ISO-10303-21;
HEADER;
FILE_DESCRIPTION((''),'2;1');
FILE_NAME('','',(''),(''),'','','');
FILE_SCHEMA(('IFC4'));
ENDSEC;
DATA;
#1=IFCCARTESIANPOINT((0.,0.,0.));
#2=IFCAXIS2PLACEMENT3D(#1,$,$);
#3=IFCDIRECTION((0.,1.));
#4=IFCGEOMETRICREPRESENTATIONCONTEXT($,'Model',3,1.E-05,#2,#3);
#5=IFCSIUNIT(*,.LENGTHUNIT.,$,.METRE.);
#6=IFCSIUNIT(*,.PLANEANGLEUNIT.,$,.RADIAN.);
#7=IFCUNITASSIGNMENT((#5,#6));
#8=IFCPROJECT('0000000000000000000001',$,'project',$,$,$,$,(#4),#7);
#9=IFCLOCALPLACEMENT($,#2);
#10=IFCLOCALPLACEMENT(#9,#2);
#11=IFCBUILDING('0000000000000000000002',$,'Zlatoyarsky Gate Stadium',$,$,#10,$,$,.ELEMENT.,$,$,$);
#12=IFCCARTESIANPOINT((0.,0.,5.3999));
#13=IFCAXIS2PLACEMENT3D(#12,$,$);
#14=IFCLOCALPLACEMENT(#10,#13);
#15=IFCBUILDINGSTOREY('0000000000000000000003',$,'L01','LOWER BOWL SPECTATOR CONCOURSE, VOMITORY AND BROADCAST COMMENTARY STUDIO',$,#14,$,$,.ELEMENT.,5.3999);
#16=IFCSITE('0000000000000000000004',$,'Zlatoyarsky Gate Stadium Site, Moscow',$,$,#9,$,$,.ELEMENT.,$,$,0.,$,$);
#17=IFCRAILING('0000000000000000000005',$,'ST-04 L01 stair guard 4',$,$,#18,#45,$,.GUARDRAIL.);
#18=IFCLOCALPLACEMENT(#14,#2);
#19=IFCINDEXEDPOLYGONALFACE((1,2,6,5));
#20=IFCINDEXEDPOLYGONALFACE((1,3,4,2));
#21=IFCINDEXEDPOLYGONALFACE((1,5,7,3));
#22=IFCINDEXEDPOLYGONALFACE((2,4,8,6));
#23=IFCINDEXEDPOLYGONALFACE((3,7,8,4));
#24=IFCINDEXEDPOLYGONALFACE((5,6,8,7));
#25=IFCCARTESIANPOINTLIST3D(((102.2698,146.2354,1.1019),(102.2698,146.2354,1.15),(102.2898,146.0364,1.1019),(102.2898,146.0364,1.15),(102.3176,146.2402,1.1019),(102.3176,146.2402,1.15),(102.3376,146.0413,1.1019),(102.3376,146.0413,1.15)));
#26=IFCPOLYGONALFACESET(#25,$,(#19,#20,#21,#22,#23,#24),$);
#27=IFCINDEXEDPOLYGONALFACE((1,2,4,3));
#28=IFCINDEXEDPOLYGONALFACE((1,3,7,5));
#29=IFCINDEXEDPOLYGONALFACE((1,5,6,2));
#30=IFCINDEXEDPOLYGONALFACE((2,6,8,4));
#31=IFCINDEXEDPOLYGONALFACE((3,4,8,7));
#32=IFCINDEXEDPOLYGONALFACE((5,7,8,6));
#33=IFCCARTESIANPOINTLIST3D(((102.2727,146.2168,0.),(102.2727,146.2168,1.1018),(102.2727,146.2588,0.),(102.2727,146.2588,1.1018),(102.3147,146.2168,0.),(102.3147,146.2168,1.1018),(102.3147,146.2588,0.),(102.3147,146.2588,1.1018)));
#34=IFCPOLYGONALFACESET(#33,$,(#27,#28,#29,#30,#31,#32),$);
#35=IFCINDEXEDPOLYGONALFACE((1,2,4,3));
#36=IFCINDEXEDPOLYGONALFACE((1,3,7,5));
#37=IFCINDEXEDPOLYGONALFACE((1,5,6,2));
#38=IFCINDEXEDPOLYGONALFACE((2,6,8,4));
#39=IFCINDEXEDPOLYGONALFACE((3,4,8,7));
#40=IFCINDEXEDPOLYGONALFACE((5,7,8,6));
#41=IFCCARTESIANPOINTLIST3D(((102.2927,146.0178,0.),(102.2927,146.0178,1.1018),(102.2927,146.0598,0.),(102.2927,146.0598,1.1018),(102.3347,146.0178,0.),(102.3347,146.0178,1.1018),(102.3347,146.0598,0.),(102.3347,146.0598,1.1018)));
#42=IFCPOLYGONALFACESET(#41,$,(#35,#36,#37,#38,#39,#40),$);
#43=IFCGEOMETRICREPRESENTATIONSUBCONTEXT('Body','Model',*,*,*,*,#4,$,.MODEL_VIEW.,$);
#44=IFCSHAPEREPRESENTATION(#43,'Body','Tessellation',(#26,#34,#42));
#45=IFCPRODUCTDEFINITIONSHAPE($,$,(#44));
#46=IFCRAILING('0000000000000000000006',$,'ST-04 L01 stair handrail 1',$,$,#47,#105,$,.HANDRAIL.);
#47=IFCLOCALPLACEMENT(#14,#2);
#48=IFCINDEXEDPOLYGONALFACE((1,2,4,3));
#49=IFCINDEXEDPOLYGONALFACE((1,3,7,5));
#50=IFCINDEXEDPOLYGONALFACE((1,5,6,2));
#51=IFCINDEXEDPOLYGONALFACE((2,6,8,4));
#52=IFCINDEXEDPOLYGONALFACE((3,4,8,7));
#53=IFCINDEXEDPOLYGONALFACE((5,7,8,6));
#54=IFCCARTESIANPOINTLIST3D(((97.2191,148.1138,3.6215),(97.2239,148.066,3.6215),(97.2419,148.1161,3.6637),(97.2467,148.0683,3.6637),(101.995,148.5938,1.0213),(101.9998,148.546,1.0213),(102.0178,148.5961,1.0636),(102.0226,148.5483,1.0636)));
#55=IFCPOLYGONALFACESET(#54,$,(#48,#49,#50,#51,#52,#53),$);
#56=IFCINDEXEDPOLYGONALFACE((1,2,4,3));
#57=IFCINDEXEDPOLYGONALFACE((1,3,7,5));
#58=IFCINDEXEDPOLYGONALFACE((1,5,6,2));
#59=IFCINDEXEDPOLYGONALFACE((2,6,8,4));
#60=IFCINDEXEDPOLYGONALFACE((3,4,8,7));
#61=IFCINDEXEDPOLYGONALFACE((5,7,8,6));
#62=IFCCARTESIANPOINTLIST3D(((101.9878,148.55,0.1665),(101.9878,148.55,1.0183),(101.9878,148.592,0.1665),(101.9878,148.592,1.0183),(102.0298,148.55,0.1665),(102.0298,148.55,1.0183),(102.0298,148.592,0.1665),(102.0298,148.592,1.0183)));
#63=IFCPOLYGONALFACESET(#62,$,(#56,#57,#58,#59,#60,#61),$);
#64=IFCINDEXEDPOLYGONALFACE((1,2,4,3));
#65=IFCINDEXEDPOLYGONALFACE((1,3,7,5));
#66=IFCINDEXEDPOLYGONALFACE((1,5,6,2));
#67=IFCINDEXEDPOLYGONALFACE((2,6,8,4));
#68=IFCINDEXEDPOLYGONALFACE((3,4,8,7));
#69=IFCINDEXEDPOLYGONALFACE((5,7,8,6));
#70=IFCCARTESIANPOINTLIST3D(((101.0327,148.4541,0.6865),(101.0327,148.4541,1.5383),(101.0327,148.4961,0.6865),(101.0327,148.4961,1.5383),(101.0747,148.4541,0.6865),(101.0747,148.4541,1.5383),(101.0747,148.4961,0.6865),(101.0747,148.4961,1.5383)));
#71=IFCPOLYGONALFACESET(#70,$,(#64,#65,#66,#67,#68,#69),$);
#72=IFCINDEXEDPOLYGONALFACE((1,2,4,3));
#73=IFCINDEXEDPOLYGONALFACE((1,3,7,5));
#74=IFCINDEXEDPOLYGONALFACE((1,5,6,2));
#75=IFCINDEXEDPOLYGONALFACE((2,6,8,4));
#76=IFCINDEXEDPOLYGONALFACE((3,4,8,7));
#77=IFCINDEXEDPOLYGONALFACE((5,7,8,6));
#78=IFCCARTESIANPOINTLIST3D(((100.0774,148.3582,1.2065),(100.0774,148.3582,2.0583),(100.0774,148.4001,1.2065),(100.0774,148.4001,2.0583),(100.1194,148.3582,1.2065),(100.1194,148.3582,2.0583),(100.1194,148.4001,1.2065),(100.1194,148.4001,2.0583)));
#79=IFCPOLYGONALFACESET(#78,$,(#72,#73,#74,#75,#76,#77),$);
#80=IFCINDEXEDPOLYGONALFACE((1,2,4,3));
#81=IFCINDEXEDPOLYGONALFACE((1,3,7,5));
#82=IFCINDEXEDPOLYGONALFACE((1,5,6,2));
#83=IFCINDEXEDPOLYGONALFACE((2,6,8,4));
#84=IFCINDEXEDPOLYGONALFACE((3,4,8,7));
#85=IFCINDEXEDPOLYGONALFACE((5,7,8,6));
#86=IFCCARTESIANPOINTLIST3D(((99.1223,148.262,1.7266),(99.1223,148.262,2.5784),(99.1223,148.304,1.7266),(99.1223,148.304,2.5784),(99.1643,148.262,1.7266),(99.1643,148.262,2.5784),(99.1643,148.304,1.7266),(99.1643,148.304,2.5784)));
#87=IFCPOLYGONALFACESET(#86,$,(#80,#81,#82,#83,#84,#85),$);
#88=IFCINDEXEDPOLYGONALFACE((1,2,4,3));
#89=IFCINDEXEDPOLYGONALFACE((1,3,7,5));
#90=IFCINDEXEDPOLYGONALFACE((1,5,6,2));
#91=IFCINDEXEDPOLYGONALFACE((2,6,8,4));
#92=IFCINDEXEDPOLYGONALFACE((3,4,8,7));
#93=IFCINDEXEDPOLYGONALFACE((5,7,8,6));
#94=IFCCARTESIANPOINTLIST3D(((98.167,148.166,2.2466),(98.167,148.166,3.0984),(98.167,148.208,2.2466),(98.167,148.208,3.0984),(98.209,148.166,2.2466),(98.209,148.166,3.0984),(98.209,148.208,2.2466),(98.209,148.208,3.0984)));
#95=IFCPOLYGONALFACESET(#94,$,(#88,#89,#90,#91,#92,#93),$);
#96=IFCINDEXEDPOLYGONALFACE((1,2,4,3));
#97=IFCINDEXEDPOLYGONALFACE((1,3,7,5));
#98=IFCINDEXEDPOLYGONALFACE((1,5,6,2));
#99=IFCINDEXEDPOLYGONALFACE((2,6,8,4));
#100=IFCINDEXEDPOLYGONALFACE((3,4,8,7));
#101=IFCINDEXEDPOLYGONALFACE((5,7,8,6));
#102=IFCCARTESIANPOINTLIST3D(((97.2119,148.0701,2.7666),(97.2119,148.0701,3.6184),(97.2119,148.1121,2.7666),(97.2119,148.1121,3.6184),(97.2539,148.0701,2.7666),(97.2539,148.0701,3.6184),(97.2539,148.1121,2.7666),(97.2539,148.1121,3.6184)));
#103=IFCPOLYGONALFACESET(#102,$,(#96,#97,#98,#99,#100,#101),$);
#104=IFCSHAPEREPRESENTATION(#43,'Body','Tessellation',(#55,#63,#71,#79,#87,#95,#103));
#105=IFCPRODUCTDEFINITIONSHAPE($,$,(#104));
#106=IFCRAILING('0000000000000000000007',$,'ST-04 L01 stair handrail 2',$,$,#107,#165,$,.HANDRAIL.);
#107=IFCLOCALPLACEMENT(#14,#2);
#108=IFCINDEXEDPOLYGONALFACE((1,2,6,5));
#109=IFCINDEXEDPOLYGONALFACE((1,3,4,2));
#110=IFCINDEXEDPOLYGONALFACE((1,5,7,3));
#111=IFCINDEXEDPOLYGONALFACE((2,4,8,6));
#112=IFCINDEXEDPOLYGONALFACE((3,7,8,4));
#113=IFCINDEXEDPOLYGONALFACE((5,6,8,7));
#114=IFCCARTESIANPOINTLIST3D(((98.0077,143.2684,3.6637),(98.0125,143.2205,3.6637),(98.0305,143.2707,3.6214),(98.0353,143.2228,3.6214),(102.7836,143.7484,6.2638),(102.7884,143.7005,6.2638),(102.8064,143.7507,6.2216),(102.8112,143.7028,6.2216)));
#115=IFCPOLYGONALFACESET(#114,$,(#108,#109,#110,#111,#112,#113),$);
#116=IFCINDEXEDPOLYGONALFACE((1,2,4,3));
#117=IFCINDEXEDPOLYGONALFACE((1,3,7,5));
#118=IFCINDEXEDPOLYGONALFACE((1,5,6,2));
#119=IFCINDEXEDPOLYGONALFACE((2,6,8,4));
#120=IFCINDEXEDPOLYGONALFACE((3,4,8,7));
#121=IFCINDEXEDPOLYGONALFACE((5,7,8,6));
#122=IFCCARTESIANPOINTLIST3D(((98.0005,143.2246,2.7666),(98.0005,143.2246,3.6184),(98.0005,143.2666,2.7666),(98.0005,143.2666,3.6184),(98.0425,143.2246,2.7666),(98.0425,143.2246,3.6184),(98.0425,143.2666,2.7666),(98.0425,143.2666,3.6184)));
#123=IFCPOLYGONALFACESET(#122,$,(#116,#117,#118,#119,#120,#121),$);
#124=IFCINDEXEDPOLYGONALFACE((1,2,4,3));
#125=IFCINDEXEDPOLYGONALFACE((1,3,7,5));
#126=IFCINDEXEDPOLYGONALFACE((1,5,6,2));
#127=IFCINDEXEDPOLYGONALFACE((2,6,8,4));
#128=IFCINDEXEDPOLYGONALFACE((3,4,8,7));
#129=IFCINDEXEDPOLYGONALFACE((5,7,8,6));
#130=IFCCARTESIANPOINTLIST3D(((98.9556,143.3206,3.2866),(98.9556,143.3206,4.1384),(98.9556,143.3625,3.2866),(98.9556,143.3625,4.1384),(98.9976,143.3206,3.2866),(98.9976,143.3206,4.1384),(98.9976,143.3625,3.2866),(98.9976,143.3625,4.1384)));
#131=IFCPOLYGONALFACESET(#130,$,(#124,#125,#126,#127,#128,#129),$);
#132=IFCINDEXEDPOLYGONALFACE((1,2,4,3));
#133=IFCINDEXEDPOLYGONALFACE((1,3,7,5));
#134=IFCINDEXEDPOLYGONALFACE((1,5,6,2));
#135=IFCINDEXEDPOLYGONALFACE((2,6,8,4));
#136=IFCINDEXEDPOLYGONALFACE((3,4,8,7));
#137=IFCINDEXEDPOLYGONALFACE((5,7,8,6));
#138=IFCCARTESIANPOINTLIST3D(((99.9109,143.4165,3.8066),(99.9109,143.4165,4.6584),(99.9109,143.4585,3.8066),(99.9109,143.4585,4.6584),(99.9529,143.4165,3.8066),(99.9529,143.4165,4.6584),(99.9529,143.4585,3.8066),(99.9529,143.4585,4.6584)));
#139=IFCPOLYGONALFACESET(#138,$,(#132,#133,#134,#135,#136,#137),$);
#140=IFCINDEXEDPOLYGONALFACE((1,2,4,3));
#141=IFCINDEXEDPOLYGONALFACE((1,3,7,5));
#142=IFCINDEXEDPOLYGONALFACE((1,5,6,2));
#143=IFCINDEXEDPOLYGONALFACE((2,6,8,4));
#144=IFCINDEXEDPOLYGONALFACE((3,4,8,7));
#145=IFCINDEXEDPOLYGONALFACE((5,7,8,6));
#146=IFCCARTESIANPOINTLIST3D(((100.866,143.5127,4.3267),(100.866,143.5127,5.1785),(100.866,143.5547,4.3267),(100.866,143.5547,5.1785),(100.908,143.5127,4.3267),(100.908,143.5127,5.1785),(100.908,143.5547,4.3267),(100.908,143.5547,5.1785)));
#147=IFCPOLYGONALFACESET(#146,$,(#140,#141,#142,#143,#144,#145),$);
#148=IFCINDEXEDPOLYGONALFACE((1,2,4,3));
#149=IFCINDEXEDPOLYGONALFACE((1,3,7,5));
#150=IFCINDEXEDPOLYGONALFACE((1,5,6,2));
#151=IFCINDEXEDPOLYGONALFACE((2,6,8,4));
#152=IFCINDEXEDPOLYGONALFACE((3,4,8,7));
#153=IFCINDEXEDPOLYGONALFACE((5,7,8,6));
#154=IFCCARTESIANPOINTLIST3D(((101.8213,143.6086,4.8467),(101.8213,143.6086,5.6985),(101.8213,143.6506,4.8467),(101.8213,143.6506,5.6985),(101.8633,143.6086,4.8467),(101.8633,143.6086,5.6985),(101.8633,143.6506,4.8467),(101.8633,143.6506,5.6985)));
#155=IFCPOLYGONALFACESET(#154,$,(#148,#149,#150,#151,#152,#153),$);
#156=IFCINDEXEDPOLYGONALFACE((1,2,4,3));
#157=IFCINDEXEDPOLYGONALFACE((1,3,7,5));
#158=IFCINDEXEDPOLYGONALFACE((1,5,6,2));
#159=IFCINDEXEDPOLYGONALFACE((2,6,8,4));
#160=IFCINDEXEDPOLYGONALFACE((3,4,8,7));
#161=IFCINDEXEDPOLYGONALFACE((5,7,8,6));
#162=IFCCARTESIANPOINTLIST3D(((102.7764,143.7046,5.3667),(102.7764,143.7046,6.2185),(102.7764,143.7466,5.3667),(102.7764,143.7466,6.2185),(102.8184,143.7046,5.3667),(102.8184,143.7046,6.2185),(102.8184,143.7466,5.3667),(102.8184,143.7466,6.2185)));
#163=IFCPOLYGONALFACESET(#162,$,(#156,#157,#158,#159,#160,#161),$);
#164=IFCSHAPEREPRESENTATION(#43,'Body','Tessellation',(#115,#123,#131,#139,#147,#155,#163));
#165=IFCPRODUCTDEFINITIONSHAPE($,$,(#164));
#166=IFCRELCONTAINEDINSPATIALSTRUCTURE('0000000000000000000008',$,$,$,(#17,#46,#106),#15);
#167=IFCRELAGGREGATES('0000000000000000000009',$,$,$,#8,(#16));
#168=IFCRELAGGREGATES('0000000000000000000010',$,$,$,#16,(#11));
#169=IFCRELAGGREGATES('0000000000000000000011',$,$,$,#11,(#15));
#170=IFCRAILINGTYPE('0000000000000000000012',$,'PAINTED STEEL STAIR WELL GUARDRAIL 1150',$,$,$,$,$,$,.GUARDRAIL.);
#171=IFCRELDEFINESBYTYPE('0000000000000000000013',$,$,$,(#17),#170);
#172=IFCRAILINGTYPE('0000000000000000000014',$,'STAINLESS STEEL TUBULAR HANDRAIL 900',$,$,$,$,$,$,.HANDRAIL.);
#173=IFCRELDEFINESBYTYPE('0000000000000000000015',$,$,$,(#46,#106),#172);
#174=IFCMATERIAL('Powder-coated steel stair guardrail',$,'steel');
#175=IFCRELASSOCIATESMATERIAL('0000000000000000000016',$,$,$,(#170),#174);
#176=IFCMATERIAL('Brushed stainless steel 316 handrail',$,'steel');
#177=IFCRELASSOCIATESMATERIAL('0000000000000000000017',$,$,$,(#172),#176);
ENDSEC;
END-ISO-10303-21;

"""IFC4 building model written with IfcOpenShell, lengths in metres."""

from ifc_helpers import new_model, si_unit, direction, frame, origin, origin_2d, place, context, subcontext, project, spatial, rectangle, extrude, material, type_object, element, save


model = new_model("IFC4")

# Units and contexts
model_context = context("Model", 3, precision=1e-05, world=origin(), true_north=direction((0.0, 1.0)))
body_context = subcontext(model_context, "Body", "Model", "MODEL_VIEW")
ifc_project = project(units=[si_unit("LENGTHUNIT", "METRE"), si_unit("PLANEANGLEUNIT", "RADIAN")], contexts=[model_context])

# Site, building, storey
site_placement = place(None, origin())
site = spatial("IfcSite", under=ifc_project, at=site_placement, Name="Zlatoyarsky Gate Stadium Site, Moscow", CompositionType="ELEMENT", RefElevation=0.0)
building_placement = place(site_placement, origin())
building = spatial("IfcBuilding", under=site, at=building_placement, Name="Zlatoyarsky Gate Stadium", CompositionType="ELEMENT")
storey_placement = place(building_placement, frame((0.0, 0.0, 5.3999)))
storey = spatial("IfcBuildingStorey", under=building, at=storey_placement, Name="L01", Description="LOWER BOWL SPECTATOR CONCOURSE, VOMITORY AND BROADCAST COMMENTARY STUDIO", CompositionType="ELEMENT", Elevation=5.3999)

# Railings
ifc_material_1 = material(Name="Powder-coated steel stair guardrail", Category="steel")
railing_type_1 = type_object("IfcRailingType", Name="PAINTED STEEL STAIR WELL GUARDRAIL 1150", PredefinedType="GUARDRAIL", material=ifc_material_1)
railing_1_placement = place(storey_placement, frame((102.2937, 146.2378, 0.0)))
element("IfcRailing", 1, at=railing_1_placement, inside=storey, type_object=railing_type_1, Name="ST-04 L01 stair guard 4", PredefinedType="GUARDRAIL", context=body_context, shape_type="SweptSolid", body=[
    extrude(rectangle(XDim=0.0481, YDim=0.0481, at=origin_2d()), frame((0.0, 0.0, 1.126), z_axis=(0.100108, -0.994977, 0.0), x_axis=(0.994977, 0.100108, 0.0)), (0.0, 0.0, 1.0), 0.2),
    extrude(rectangle(XDim=0.042, YDim=0.042, at=origin_2d()), origin(), (0.0, 0.0, 1.0), 1.1018),
    extrude(rectangle(XDim=0.042, YDim=0.042, at=origin_2d()), frame((0.02, -0.199, 0.0)), (0.0, 0.0, 1.0), 1.1018),
])
ifc_material_2 = material(Name="Brushed stainless steel 316 handrail", Category="steel")
railing_type_2 = type_object("IfcRailingType", Name="STAINLESS STEEL TUBULAR HANDRAIL 900", PredefinedType="HANDRAIL", material=ifc_material_2)
railing_2_placement = place(storey_placement, frame((102.0088, 148.571, 0.1665)))
element("IfcRailing", 2, at=railing_2_placement, inside=storey, type_object=railing_type_2, Name="ST-04 L01 stair handrail 1", PredefinedType="HANDRAIL", context=body_context, shape_type="SweptSolid", body=[
    extrude(rectangle(XDim=0.0481, YDim=0.0481, at=origin_2d()), frame((0.0, 0.0, 0.876), z_axis=(-0.874875, -0.087926, 0.476302), x_axis=(0.099997, -0.994988, 0.0)), (0.0, 0.0, 1.0), 5.459),
    extrude(rectangle(XDim=0.042, YDim=0.042, at=origin_2d()), origin(), (0.0, 0.0, 1.0), 0.8518),
    extrude(rectangle(XDim=0.042, YDim=0.042, at=origin_2d()), frame((-0.9551, -0.0959, 0.52)), (0.0, 0.0, 1.0), 0.8518),
    extrude(rectangle(XDim=0.042, YDim=0.042, at=origin_2d()), frame((-1.9104, -0.1919, 1.04)), (0.0, 0.0, 1.0), 0.8518),
    extrude(rectangle(XDim=0.042, YDim=0.042, at=origin_2d()), frame((-2.8655, -0.2881, 1.5601)), (0.0, 0.0, 1.0), 0.8518),
    extrude(rectangle(XDim=0.042, YDim=0.042, at=origin_2d()), frame((-3.8208, -0.384, 2.0801)), (0.0, 0.0, 1.0), 0.8518),
    extrude(rectangle(XDim=0.042, YDim=0.042, at=origin_2d()), frame((-4.7759, -0.48, 2.6001)), (0.0, 0.0, 1.0), 0.8518),
])
railing_3_placement = place(storey_placement, frame((98.0215, 143.2456, 2.7666)))
element("IfcRailing", 3, at=railing_3_placement, inside=storey, type_object=railing_type_2, Name="ST-04 L01 stair handrail 2", PredefinedType="HANDRAIL", context=body_context, shape_type="SweptSolid", body=[
    extrude(rectangle(XDim=0.0481, YDim=0.0481, at=origin_2d()), frame((0.0, 0.0, 0.876), z_axis=(0.874875, 0.087926, 0.476302), x_axis=(-0.099997, 0.994988, 0.0)), (0.0, 0.0, 1.0), 5.459),
    extrude(rectangle(XDim=0.042, YDim=0.042, at=origin_2d()), origin(), (0.0, 0.0, 1.0), 0.8518),
    extrude(rectangle(XDim=0.042, YDim=0.042, at=origin_2d()), frame((0.9551, 0.0959, 0.52)), (0.0, 0.0, 1.0), 0.8518),
    extrude(rectangle(XDim=0.042, YDim=0.042, at=origin_2d()), frame((1.9104, 0.1919, 1.04)), (0.0, 0.0, 1.0), 0.8518),
    extrude(rectangle(XDim=0.042, YDim=0.042, at=origin_2d()), frame((2.8655, 0.2881, 1.5601)), (0.0, 0.0, 1.0), 0.8518),
    extrude(rectangle(XDim=0.042, YDim=0.042, at=origin_2d()), frame((3.8208, 0.384, 2.0801)), (0.0, 0.0, 1.0), 0.8518),
    extrude(rectangle(XDim=0.042, YDim=0.042, at=origin_2d()), frame((4.7759, 0.48, 2.6001)), (0.0, 0.0, 1.0), 0.8518),
])

save(model, "model.ifc")
